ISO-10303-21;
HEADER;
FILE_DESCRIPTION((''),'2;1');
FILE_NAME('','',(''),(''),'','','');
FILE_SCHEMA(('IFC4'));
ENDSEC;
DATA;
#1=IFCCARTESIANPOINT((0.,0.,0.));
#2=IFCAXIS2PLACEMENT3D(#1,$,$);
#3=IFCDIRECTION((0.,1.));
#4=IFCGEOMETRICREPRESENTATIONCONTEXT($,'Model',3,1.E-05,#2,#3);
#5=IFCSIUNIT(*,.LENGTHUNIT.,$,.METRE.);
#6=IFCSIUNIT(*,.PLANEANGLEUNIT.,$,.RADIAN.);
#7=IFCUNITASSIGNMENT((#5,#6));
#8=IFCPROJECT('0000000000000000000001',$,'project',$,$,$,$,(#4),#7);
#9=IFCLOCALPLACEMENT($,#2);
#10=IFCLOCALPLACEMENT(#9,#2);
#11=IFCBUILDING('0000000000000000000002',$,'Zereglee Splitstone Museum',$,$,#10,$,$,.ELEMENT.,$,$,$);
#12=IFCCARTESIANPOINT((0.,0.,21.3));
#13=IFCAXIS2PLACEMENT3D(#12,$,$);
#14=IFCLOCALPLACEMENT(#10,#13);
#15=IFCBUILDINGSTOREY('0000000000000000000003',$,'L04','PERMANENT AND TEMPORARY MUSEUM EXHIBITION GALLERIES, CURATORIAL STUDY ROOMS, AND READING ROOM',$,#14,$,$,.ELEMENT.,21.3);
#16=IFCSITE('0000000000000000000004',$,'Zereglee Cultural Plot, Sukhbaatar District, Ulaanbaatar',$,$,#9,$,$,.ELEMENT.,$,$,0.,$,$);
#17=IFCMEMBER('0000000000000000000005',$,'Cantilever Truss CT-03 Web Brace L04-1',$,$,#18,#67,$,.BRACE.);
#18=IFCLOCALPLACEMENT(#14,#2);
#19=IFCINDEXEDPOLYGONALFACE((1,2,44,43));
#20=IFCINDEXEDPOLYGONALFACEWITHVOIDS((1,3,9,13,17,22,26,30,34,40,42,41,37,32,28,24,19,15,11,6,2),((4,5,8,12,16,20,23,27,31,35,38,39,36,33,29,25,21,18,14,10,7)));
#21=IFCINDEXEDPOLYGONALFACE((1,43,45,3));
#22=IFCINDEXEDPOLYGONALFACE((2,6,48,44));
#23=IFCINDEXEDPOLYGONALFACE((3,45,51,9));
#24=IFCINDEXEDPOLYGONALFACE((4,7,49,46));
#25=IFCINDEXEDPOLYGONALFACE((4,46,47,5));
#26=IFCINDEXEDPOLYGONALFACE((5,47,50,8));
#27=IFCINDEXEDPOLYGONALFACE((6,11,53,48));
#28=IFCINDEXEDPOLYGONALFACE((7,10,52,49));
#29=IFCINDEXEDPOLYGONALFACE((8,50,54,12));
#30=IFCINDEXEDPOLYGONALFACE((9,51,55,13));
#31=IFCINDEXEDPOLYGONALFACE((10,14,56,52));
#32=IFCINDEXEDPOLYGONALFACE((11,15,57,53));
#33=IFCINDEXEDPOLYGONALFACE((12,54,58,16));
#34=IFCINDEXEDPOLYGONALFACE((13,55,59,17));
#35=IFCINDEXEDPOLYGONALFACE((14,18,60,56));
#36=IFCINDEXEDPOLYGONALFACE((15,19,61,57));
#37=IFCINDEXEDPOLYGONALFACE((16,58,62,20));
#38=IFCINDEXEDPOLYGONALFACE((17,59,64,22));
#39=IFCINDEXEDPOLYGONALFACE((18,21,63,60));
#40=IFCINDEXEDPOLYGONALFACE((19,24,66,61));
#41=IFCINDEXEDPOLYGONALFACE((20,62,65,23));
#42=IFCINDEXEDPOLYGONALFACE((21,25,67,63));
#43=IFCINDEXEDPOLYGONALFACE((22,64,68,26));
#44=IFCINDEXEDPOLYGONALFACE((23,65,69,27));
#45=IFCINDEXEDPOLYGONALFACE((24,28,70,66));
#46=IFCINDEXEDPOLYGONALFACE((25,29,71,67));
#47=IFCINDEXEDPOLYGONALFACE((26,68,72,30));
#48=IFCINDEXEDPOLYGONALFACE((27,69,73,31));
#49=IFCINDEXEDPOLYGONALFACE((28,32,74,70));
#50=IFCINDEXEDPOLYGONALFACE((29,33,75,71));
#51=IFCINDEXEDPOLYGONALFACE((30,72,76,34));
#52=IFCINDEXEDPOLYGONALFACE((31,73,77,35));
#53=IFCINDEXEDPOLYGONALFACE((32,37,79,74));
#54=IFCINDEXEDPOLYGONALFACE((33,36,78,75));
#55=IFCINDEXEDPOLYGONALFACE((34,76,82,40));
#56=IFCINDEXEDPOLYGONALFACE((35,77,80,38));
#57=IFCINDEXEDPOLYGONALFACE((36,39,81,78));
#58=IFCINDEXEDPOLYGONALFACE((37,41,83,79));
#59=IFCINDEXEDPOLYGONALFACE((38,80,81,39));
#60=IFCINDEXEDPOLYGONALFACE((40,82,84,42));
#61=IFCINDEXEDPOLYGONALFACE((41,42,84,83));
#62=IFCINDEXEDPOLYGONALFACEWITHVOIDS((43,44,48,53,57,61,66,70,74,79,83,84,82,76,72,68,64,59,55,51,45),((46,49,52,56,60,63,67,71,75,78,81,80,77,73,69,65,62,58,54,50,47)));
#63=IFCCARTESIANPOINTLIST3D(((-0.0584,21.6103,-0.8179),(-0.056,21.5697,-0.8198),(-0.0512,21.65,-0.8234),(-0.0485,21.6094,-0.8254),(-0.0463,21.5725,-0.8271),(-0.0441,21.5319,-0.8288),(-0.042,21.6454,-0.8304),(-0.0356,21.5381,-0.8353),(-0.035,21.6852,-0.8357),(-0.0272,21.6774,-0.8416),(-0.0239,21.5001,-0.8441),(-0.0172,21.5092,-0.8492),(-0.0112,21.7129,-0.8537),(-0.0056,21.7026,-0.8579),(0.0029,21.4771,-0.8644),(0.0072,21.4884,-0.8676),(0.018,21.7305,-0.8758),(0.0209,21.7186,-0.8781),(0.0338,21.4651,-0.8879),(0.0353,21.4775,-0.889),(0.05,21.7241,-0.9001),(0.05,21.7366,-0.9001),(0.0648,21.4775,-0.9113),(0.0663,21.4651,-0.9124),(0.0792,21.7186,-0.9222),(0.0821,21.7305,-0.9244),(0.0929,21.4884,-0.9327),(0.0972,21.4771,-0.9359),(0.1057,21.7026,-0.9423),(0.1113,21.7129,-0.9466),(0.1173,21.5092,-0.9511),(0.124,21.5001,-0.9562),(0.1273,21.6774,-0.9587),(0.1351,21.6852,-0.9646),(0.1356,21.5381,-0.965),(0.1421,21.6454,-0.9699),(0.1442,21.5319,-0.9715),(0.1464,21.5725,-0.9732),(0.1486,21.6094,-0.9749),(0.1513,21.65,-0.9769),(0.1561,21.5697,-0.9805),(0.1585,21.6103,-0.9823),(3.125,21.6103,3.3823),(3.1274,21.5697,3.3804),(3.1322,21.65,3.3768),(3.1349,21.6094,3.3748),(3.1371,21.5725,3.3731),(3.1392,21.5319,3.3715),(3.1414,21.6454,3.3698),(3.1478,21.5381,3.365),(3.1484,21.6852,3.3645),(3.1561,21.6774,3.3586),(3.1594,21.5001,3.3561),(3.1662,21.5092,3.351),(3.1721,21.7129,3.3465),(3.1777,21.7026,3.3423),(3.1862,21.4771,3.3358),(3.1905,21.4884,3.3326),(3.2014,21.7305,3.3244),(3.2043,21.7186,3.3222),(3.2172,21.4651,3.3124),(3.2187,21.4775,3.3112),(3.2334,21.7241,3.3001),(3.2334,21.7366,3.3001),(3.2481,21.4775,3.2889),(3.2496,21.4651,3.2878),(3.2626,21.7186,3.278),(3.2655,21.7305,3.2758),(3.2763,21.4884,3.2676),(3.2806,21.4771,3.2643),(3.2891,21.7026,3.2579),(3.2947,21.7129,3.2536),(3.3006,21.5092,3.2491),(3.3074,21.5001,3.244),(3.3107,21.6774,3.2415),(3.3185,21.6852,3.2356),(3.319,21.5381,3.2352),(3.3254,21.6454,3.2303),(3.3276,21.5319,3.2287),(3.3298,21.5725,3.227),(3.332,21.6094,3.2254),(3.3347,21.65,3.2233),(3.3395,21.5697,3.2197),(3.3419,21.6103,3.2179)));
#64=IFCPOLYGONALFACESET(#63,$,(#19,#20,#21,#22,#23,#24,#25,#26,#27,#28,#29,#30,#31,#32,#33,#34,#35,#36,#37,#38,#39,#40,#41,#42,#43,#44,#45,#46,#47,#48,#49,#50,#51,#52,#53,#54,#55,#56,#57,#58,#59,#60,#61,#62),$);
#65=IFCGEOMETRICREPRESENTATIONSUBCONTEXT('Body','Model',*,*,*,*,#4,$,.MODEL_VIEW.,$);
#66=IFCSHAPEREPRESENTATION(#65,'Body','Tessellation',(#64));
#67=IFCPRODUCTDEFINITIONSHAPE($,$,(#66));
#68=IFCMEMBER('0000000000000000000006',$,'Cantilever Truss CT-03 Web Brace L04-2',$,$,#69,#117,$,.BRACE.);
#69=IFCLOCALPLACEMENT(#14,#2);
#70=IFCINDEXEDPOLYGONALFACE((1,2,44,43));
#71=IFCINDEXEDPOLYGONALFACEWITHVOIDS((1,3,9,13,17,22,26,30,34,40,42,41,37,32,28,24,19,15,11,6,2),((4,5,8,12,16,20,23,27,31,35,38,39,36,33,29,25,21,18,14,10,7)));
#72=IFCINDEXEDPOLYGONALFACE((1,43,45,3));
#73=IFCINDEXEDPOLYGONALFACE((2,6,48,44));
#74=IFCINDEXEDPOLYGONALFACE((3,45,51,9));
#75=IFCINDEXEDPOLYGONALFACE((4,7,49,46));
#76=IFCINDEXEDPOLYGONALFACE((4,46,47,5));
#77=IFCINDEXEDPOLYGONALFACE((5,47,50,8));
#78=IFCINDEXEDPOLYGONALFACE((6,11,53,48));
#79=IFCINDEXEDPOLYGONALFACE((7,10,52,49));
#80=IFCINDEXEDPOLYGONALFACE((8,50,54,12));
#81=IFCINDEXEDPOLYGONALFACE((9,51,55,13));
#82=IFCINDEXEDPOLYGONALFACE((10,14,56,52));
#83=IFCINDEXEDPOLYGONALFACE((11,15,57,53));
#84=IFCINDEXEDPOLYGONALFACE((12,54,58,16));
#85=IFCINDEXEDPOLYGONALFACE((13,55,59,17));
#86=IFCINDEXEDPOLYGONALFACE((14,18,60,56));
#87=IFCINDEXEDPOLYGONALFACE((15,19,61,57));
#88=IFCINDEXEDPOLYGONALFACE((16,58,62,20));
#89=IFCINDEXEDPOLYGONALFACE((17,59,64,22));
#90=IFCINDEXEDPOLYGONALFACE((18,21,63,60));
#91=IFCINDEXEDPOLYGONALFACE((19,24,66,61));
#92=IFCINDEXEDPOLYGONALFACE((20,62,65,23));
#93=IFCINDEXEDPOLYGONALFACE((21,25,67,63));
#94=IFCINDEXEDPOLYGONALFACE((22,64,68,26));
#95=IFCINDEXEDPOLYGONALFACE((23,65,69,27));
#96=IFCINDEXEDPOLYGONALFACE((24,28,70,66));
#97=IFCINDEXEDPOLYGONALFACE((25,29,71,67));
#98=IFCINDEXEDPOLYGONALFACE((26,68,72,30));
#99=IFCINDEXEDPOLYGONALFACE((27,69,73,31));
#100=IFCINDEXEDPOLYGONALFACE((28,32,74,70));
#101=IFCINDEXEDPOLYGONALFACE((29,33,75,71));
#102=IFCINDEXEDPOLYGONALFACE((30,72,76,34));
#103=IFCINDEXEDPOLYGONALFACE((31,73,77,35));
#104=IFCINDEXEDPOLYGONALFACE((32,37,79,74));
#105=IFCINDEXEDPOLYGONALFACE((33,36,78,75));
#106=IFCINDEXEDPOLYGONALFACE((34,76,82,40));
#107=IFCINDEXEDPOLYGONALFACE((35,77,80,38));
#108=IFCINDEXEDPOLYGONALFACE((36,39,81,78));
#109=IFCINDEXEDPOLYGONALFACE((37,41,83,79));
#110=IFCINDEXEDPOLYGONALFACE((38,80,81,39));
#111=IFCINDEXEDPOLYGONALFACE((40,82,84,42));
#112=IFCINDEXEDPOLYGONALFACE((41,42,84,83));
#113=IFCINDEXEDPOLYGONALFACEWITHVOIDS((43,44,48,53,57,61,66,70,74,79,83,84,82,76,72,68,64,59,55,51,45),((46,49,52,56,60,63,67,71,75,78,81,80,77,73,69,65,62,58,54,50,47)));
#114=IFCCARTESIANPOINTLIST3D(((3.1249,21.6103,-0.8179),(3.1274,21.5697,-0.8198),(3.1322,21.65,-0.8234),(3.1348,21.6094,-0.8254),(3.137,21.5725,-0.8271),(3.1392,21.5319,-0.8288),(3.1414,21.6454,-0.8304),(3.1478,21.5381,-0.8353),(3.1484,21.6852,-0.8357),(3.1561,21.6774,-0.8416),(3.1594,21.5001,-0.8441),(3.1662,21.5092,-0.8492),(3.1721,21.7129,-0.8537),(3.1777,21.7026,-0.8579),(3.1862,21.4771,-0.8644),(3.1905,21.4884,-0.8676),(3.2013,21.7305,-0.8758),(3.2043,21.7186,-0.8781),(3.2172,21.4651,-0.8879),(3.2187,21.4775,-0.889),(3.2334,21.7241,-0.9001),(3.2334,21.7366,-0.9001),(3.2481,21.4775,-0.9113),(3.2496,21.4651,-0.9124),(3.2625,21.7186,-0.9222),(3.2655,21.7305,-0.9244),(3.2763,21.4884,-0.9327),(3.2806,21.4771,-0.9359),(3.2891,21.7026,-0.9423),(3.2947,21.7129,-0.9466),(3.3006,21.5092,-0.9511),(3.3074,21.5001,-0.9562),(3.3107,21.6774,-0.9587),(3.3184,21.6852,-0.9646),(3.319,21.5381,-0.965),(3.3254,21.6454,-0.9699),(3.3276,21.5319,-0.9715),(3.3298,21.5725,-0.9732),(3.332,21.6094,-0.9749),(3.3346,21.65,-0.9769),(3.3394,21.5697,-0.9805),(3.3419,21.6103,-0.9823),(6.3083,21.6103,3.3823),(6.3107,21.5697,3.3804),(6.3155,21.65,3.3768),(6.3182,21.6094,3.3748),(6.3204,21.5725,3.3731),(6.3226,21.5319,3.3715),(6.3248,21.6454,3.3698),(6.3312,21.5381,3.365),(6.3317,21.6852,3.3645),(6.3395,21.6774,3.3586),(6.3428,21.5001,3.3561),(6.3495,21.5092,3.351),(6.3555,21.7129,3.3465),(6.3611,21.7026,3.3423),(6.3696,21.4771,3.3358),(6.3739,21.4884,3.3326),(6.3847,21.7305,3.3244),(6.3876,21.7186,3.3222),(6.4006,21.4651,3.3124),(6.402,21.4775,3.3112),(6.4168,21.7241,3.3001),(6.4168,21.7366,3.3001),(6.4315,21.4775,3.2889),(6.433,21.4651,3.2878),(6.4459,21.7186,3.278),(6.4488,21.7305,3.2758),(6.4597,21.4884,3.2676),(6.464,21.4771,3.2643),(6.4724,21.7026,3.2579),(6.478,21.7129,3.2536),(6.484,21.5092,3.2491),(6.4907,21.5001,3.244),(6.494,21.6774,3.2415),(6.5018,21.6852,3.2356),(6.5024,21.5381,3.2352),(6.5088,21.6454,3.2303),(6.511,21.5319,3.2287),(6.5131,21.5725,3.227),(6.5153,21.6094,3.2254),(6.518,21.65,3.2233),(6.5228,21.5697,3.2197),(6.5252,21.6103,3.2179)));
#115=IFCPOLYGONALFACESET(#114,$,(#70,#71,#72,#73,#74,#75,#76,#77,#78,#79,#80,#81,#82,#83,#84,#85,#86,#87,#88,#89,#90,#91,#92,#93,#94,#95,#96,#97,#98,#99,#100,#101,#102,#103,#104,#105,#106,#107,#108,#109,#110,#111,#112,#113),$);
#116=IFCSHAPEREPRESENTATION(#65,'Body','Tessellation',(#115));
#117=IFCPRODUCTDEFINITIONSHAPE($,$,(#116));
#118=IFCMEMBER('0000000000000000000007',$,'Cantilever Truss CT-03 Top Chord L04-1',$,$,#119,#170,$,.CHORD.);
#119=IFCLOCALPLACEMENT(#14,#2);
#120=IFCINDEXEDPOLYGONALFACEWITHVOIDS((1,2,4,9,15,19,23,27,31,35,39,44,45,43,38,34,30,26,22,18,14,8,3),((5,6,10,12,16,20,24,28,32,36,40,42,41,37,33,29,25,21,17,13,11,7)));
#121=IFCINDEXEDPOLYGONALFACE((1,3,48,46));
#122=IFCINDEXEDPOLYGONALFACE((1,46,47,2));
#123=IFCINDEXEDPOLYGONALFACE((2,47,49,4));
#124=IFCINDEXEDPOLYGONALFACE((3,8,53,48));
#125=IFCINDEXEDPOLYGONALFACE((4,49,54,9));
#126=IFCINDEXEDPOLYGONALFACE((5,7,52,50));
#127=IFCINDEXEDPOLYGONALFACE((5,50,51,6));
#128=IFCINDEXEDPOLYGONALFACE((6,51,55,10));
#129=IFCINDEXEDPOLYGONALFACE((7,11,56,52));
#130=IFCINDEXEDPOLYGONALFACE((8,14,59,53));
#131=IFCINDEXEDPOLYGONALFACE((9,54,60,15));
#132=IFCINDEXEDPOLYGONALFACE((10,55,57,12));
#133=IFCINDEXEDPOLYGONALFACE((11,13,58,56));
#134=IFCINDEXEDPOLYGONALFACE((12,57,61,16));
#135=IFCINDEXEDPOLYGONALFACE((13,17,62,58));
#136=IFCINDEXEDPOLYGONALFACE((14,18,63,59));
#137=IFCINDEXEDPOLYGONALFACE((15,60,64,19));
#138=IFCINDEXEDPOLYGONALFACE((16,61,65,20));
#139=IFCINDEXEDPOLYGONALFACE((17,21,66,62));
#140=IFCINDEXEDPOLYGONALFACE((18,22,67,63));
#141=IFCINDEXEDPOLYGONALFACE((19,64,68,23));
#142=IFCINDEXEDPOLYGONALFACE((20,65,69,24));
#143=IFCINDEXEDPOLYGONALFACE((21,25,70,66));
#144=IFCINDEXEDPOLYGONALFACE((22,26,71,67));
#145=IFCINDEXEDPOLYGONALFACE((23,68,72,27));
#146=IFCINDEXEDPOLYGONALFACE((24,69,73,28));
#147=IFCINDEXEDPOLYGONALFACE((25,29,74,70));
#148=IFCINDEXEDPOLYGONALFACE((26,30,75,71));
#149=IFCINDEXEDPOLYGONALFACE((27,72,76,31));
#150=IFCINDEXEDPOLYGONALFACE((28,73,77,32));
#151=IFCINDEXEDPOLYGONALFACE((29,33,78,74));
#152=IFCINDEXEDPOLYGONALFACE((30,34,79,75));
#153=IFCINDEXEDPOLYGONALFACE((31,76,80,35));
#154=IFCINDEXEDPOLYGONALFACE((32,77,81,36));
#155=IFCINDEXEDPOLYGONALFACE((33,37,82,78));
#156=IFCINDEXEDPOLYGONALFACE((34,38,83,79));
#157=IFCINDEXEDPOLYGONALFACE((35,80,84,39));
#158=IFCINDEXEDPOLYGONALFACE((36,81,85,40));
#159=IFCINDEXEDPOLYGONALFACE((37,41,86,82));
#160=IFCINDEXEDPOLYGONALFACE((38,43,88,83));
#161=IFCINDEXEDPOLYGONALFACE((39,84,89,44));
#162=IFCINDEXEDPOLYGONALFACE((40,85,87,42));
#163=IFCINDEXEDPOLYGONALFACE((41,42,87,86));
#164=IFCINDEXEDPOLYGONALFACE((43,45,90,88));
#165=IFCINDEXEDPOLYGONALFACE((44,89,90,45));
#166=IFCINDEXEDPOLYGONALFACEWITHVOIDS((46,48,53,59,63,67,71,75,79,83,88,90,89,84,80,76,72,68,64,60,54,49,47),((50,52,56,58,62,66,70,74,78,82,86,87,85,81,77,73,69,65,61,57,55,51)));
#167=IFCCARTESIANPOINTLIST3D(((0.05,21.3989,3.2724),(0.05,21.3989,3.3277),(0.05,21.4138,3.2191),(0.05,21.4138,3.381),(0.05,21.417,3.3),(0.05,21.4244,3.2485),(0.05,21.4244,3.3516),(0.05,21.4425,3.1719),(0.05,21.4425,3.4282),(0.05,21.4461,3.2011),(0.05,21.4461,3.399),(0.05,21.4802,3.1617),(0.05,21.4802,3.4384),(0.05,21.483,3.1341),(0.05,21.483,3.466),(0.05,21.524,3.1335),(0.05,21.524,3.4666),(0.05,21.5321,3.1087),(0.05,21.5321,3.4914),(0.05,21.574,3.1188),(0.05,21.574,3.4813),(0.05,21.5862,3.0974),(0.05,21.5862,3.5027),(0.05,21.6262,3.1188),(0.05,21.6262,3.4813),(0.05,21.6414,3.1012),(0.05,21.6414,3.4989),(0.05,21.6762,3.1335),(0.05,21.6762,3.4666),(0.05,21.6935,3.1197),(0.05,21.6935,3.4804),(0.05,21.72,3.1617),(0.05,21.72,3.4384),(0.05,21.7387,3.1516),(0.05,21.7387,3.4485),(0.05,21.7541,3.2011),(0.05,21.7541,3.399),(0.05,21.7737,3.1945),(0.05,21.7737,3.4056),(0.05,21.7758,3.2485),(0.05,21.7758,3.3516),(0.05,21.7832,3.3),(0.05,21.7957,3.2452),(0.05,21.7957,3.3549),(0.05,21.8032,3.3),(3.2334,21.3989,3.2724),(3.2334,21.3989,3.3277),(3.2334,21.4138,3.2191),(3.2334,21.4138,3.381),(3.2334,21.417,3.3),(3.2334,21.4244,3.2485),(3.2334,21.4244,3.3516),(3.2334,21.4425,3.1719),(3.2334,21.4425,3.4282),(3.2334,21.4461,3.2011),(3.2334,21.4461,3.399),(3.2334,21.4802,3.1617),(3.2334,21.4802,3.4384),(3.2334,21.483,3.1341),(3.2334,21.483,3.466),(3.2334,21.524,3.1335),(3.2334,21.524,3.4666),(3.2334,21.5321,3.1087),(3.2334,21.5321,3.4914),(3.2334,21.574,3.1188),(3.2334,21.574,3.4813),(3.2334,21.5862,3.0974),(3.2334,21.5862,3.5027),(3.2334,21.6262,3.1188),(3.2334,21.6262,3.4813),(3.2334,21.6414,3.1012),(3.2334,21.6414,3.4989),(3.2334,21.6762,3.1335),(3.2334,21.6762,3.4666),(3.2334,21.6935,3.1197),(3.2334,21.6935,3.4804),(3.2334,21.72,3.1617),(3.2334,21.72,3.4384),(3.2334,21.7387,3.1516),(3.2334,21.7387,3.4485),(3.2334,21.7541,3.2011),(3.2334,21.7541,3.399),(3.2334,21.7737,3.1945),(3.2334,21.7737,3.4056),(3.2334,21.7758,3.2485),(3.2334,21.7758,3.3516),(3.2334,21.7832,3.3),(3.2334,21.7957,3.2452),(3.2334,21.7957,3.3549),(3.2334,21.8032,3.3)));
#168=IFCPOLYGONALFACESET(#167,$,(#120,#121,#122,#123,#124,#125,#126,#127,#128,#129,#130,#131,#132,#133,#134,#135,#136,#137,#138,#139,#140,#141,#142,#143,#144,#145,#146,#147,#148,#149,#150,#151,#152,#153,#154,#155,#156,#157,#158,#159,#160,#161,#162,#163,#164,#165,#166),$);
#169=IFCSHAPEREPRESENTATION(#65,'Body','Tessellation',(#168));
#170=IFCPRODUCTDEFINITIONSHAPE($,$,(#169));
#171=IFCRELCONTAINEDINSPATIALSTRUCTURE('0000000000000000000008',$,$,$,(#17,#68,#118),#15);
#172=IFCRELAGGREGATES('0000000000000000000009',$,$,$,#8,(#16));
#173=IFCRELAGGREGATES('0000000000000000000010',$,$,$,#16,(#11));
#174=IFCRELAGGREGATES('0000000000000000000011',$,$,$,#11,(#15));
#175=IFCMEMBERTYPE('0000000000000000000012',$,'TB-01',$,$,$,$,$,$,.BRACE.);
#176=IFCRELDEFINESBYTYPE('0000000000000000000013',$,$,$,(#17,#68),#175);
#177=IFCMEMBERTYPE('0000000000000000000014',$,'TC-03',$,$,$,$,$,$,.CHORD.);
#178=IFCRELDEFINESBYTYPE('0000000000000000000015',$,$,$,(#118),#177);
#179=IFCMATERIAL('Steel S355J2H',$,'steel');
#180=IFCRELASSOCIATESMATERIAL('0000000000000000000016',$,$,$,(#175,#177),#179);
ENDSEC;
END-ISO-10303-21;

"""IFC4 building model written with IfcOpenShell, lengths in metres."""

from ifc_helpers import new_model, si_unit, direction, frame, origin, origin_2d, place, context, subcontext, project, spatial, hollow_circle, extrude, material, material_profile, profile_set, type_object, element, save


model = new_model("IFC4")

# Units and contexts
model_context = context("Model", 3, precision=1e-05, world=origin(), true_north=direction((0.0, 1.0)))
body_context = subcontext(model_context, "Body", "Model", "MODEL_VIEW")
ifc_project = project(units=[si_unit("LENGTHUNIT", "METRE"), si_unit("PLANEANGLEUNIT", "RADIAN")], contexts=[model_context])

# Site, building, storey
site_placement = place(None, origin())
site = spatial("IfcSite", under=ifc_project, at=site_placement, Name="Zereglee Cultural Plot, Sukhbaatar District, Ulaanbaatar", CompositionType="ELEMENT", RefElevation=0.0)
building_placement = place(site_placement, origin())
building = spatial("IfcBuilding", under=site, at=building_placement, Name="Zereglee Splitstone Museum", CompositionType="ELEMENT")
storey_placement = place(building_placement, frame((0.0, 0.0, 21.3)))
storey = spatial("IfcBuildingStorey", under=building, at=storey_placement, Name="L04", Description="PERMANENT AND TEMPORARY MUSEUM EXHIBITION GALLERIES, CURATORIAL STUDY ROOMS, AND READING ROOM", CompositionType="ELEMENT", Elevation=21.3)

# Members
ifc_material_1 = material(Name="Steel S355J2H", Category="steel")
ifc_material_profile_1 = material_profile(ifc_material_1, hollow_circle(Radius=0.1365, WallThickness=0.0125, at=origin_2d()), Name="CHS 273.0x12.5")
ifc_profile_set_1 = profile_set([ifc_material_profile_1], Name="Steel S355J2H")
member_type_1 = type_object("IfcMemberType", Name="TB-01", PredefinedType="BRACE", material=ifc_profile_set_1)
for number, where, z_axis, x_axis, name in (
    (1, (0.05, 21.6001, -0.9001), (0.604024, 0.0, 0.796966), (0.0, 1.0, 0.0), "Cantilever Truss CT-03 Web Brace L04-1"),
    (2, (3.2334, 21.6001, -0.9001), (0.604024, 0.0, 0.796966), (0.0, 1.0, 0.0), "Cantilever Truss CT-03 Web Brace L04-2"),
):
    element("IfcMember", number, at=place(storey_placement, frame(where, z_axis=z_axis, x_axis=x_axis)), inside=storey, type_object=member_type_1, Name=name, PredefinedType="BRACE", context=body_context, shape_type="SweptSolid", body=[
        extrude(hollow_circle(Radius=0.1365, WallThickness=0.0125, at=origin_2d()), origin(), (0.0, 0.0, 1.0), 5.2703),
    ])
ifc_material_profile_2 = material_profile(ifc_material_1, hollow_circle(Radius=0.2031, WallThickness=0.02, at=origin_2d()), Name="CHS 406.4x20")
ifc_profile_set_2 = profile_set([ifc_material_profile_2], Name="Steel S355J2H")
member_type_2 = type_object("IfcMemberType", Name="TC-03", PredefinedType="CHORD", material=ifc_profile_set_2)
for number, where, z_axis, x_axis, name in (
    (3, (0.05, 21.6001, 3.3), (1.0, 0.0, 0.0), (0.0, 1.0, 0.0), "Cantilever Truss CT-03 Top Chord L04-1"),
):
    element("IfcMember", number, at=place(storey_placement, frame(where, z_axis=z_axis, x_axis=x_axis)), inside=storey, type_object=member_type_2, Name=name, PredefinedType="CHORD", context=body_context, shape_type="SweptSolid", body=[
        extrude(hollow_circle(Radius=0.2031, WallThickness=0.02, at=origin_2d()), origin(), (0.0, 0.0, 1.0), 3.1833),
    ])

save(model, "model.ifc")
